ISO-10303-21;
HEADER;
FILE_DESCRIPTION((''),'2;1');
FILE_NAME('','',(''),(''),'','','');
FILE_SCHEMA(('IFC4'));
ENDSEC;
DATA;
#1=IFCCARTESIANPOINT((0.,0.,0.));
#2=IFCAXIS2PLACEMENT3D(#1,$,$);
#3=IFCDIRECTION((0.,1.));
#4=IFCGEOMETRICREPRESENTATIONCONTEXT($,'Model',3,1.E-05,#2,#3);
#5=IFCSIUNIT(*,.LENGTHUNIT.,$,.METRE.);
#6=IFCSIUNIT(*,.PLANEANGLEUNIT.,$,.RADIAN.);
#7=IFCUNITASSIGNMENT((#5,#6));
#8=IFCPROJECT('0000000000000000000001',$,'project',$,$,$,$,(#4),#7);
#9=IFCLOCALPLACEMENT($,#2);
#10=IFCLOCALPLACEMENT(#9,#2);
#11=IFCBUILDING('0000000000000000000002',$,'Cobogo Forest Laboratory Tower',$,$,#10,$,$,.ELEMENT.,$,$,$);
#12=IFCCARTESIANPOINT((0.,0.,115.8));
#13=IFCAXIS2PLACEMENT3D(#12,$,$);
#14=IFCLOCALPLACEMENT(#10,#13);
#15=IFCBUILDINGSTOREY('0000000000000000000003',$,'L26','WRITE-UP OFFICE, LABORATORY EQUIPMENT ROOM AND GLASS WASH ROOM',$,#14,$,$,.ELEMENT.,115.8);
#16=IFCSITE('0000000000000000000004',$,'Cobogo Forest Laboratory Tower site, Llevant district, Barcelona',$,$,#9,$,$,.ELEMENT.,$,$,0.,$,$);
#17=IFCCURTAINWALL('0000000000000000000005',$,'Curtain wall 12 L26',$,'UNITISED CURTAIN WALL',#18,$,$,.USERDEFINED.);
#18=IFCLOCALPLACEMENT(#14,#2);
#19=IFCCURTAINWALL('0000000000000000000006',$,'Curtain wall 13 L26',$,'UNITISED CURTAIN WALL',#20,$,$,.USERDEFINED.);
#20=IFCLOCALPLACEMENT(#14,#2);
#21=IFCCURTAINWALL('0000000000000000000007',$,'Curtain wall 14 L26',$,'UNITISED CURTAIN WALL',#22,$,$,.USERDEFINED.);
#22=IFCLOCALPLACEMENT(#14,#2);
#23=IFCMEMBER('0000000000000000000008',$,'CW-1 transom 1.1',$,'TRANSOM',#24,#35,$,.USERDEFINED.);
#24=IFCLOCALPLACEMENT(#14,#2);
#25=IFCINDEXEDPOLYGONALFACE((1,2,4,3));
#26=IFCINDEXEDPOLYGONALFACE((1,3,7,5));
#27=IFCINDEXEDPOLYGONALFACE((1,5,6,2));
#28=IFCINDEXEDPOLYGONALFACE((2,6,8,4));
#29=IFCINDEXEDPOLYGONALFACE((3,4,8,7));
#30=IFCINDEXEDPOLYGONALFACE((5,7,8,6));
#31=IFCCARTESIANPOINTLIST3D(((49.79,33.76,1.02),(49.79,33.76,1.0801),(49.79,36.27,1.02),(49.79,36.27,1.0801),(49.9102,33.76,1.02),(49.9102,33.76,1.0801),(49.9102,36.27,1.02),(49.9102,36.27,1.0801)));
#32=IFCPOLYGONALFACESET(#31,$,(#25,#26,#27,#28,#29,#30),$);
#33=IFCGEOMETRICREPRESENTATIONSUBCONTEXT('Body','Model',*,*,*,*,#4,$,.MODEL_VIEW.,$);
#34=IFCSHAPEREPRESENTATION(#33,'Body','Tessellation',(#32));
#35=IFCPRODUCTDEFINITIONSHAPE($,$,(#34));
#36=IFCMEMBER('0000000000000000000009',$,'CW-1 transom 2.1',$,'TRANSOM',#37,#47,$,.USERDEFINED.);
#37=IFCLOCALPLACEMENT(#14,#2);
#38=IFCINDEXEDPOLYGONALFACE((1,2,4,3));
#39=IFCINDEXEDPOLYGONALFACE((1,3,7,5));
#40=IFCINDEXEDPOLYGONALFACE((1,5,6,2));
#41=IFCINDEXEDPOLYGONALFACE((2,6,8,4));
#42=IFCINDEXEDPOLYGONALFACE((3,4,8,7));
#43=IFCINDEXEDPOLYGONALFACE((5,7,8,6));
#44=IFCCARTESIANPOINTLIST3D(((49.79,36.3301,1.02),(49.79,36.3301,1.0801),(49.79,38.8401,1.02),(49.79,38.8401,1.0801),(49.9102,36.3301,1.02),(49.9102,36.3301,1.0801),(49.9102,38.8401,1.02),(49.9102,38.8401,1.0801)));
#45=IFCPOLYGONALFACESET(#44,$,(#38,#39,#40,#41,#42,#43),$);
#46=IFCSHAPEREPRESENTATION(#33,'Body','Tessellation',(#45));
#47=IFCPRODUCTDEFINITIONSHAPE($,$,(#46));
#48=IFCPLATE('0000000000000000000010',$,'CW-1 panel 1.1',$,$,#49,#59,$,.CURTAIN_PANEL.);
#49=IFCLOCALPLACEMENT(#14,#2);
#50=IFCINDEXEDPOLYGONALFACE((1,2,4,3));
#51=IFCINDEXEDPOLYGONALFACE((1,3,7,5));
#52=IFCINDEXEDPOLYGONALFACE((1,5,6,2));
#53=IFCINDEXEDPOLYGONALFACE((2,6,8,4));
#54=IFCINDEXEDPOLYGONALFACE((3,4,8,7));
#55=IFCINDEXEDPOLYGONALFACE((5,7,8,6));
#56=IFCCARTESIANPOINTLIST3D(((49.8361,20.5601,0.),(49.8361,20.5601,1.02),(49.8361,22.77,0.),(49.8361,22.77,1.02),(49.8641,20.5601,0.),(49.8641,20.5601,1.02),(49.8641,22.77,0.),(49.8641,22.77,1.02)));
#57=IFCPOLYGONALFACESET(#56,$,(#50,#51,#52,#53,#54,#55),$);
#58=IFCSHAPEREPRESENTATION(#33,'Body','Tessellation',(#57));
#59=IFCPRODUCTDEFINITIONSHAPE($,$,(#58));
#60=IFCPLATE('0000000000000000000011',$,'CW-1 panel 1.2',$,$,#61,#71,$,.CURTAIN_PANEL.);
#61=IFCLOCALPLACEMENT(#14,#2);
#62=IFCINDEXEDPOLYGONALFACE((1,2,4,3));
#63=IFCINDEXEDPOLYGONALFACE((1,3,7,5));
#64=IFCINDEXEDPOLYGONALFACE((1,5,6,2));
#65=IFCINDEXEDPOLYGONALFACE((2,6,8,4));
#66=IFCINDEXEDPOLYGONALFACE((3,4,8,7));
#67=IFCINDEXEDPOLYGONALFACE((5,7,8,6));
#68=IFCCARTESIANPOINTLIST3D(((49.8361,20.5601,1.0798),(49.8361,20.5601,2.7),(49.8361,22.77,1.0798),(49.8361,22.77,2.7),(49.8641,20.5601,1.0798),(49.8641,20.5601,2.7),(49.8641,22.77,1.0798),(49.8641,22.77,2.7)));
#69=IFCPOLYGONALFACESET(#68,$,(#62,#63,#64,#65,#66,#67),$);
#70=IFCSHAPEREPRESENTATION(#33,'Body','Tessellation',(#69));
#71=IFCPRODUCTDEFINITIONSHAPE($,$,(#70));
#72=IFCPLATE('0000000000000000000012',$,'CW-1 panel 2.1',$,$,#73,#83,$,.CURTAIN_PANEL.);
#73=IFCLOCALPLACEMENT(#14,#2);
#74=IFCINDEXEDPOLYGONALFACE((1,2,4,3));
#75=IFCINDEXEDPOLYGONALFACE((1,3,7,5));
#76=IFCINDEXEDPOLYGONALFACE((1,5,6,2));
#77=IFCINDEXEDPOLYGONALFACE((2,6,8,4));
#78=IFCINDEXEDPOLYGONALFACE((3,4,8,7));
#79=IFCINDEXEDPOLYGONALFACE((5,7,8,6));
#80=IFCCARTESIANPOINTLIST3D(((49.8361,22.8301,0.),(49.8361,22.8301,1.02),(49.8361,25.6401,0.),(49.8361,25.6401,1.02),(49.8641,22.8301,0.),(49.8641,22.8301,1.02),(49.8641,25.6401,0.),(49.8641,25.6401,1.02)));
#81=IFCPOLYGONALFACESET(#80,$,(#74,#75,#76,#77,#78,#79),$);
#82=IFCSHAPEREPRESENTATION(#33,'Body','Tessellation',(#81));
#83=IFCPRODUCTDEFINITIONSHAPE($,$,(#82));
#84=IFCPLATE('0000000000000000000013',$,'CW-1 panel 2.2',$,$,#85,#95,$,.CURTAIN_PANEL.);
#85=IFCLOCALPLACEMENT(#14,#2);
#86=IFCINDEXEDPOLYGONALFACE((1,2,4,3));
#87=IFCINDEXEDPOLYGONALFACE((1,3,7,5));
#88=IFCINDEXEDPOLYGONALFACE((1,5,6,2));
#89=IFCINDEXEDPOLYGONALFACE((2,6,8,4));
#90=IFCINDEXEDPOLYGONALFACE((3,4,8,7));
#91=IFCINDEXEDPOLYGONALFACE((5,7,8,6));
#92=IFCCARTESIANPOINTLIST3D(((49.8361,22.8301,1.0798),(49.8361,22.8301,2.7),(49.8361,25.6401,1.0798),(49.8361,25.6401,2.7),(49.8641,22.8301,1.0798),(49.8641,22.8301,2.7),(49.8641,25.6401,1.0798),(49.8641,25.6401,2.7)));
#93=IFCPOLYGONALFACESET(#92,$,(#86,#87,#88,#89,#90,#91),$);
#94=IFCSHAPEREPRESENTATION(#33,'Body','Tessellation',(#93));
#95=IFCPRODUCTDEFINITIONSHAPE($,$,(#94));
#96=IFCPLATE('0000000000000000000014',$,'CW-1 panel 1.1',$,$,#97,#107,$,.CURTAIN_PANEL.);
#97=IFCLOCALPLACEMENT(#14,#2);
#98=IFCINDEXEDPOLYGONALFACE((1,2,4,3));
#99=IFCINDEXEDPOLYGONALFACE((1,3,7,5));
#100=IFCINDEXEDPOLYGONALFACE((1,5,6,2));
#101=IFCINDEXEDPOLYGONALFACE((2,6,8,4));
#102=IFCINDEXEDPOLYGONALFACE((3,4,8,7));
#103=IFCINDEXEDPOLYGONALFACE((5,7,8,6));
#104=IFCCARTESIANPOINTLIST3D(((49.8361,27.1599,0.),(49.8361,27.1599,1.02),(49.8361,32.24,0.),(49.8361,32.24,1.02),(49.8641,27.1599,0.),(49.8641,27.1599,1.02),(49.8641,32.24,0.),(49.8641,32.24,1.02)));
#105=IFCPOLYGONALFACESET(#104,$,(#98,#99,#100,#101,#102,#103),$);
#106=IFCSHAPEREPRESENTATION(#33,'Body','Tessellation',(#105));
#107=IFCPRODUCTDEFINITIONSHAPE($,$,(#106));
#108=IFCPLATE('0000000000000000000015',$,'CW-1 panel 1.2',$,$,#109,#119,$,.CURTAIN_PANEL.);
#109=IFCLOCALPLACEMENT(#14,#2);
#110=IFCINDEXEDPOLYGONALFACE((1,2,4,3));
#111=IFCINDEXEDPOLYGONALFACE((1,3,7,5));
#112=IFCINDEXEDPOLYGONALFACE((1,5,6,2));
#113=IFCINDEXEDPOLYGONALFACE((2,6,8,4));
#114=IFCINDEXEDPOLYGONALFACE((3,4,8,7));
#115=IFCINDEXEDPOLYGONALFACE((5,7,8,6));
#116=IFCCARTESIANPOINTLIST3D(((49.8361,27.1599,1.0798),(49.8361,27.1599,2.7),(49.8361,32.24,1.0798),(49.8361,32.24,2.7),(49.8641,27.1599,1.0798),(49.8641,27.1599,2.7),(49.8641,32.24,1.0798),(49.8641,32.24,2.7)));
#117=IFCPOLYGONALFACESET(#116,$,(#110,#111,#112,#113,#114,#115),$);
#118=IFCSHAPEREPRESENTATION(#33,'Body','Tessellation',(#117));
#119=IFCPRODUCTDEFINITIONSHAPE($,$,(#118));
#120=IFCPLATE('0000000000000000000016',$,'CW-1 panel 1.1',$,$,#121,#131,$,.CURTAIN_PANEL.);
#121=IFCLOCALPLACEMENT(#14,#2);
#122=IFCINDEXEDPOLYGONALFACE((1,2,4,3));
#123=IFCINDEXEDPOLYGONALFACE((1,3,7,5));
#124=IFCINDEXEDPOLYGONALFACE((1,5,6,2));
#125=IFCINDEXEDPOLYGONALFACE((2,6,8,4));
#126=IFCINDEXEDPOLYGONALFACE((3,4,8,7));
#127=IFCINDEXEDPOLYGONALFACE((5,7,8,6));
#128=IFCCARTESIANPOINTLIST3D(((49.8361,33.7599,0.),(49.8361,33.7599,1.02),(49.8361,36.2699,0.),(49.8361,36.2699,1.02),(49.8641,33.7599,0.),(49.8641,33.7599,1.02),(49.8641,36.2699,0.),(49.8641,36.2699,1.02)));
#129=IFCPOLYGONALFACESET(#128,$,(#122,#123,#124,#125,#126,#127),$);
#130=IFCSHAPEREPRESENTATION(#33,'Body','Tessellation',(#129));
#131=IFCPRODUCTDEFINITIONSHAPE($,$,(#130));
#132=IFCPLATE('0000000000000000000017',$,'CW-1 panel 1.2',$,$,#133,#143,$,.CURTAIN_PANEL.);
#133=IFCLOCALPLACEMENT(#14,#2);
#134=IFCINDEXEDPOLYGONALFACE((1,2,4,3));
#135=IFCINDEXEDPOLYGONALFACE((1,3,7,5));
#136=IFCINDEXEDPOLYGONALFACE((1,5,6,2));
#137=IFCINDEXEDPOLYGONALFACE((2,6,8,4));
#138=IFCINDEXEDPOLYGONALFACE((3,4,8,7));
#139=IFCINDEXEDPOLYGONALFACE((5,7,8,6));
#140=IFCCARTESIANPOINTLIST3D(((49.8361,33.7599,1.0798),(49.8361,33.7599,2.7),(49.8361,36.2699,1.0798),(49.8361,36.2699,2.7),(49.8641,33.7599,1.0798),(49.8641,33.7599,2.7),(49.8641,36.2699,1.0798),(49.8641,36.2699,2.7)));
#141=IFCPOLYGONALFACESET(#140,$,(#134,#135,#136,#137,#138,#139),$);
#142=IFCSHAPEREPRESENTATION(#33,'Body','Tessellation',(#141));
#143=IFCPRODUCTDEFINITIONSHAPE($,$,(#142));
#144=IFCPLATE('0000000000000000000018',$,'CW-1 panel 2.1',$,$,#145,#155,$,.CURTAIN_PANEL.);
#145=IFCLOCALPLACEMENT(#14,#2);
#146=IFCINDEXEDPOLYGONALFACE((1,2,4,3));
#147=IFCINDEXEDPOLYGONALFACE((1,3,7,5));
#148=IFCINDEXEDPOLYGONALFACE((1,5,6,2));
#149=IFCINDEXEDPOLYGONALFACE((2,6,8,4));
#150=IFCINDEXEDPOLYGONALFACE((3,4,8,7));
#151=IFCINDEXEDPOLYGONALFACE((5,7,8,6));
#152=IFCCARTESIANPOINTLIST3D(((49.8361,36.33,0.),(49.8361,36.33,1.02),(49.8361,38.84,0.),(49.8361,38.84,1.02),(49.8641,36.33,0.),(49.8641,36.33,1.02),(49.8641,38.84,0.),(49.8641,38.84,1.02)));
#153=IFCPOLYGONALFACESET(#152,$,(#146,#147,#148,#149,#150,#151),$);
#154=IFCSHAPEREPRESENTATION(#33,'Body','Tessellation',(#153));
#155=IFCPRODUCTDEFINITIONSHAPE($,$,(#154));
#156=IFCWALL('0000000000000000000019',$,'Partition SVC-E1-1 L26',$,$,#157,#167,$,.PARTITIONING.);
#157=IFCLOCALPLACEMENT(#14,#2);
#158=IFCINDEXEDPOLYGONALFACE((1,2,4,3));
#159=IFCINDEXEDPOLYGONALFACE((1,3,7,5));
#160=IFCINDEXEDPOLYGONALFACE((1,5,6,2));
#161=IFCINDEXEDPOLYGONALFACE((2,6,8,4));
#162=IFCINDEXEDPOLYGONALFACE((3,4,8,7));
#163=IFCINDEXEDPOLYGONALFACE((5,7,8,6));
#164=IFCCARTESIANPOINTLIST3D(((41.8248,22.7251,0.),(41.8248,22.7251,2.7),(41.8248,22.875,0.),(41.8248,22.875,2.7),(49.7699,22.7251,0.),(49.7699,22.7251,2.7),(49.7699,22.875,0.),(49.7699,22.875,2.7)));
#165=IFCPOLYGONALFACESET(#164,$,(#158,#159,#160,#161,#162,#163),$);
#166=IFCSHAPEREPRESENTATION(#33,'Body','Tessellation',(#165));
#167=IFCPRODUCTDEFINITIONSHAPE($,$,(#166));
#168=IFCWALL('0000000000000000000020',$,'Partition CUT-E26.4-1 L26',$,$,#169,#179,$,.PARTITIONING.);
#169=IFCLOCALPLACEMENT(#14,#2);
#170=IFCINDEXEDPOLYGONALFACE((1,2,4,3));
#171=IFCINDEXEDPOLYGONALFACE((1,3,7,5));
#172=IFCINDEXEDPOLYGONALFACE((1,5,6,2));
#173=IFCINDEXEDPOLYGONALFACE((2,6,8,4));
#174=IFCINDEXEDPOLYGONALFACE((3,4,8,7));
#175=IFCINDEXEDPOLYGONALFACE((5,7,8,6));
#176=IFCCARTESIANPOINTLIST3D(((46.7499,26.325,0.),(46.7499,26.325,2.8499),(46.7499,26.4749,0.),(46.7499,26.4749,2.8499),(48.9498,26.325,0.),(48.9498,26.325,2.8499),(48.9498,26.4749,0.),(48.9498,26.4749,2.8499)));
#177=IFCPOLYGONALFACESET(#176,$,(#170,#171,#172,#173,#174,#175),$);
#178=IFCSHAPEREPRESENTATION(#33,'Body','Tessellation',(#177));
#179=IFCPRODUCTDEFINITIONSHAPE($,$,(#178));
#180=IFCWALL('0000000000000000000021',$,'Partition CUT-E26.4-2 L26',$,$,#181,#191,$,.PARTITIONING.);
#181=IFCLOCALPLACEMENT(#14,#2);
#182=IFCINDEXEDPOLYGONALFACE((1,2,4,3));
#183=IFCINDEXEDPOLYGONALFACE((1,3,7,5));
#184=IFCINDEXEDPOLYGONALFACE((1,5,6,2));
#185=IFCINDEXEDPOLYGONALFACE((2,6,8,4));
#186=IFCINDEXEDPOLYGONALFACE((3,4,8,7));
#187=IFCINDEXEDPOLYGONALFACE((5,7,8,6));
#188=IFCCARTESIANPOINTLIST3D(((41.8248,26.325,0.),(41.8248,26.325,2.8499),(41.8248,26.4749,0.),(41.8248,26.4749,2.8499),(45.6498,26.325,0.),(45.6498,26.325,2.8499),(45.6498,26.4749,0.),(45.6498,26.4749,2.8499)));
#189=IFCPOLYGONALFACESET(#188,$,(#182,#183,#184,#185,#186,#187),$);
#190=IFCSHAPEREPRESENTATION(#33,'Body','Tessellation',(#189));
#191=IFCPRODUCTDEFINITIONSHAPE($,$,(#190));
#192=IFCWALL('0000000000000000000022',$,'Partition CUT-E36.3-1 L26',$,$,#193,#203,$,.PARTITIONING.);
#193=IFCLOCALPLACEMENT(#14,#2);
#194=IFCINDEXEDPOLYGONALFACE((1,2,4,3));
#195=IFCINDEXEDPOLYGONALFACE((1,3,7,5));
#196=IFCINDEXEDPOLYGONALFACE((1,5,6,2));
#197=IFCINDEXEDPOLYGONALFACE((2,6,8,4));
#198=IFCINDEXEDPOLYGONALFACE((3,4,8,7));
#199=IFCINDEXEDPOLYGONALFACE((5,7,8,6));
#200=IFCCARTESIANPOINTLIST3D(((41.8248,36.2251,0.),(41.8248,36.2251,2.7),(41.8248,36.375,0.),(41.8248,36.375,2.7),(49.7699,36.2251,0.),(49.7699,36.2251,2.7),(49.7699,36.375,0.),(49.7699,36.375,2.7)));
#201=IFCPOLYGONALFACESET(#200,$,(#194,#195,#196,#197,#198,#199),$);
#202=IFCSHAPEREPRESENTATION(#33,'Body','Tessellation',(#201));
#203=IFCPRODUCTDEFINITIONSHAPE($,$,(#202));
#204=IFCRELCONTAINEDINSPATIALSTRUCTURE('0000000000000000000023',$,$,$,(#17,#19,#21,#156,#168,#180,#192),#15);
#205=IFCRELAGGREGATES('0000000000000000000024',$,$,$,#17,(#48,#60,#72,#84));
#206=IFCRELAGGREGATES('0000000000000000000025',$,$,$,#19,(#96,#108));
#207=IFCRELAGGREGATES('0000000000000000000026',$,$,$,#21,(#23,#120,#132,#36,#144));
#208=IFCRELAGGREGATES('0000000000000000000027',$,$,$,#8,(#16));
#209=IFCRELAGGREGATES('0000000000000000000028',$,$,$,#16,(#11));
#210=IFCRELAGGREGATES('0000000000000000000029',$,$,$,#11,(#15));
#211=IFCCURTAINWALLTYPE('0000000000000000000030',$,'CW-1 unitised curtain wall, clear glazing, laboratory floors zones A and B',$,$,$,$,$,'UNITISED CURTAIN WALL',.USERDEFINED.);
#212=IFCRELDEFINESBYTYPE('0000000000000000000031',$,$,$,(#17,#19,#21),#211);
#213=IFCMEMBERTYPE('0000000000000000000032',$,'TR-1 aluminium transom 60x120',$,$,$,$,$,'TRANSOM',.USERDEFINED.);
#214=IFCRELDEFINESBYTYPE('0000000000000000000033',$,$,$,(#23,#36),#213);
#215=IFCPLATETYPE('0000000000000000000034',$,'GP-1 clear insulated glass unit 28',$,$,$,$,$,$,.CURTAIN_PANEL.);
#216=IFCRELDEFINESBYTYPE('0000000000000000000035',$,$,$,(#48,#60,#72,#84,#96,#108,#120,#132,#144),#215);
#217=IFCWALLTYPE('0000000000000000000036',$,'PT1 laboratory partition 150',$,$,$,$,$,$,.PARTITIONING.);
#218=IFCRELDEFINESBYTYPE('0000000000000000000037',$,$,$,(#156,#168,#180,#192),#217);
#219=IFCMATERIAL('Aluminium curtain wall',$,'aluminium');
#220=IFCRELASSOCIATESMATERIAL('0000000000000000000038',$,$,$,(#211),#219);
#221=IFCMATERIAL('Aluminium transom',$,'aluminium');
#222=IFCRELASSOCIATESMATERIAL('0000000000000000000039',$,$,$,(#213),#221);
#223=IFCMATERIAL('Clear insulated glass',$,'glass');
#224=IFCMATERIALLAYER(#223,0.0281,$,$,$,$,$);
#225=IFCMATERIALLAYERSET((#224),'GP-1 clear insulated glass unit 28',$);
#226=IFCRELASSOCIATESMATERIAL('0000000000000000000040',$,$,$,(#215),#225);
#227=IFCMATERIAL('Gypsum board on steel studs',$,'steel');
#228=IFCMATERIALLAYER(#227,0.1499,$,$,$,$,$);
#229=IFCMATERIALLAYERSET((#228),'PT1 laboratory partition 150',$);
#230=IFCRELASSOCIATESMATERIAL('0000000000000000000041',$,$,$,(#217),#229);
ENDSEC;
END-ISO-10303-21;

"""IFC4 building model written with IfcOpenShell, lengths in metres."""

from ifc_helpers import new_model, si_unit, direction, frame, frame_2d, origin, origin_2d, place, context, subcontext, project, spatial, rectangle, extrude, material, layer, layer_set, material_profile, profile_set, type_object, element, aggregate, save


model = new_model("IFC4")

# Units and contexts
model_context = context("Model", 3, precision=1e-05, world=origin(), true_north=direction((0.0, 1.0)))
body_context = subcontext(model_context, "Body", "Model", "MODEL_VIEW")
ifc_project = project(units=[si_unit("LENGTHUNIT", "METRE"), si_unit("PLANEANGLEUNIT", "RADIAN")], contexts=[model_context])

# Site, building, storey
site_placement = place(None, origin())
site = spatial("IfcSite", under=ifc_project, at=site_placement, Name="Cobogo Forest Laboratory Tower site, Llevant district, Barcelona", CompositionType="ELEMENT", RefElevation=0.0)
building_placement = place(site_placement, origin())
building = spatial("IfcBuilding", under=site, at=building_placement, Name="Cobogo Forest Laboratory Tower", CompositionType="ELEMENT")
storey_placement = place(building_placement, frame((0.0, 0.0, 115.8)))
storey = spatial("IfcBuildingStorey", under=building, at=storey_placement, Name="L26", Description="WRITE-UP OFFICE, LABORATORY EQUIPMENT ROOM AND GLASS WASH ROOM", CompositionType="ELEMENT", Elevation=115.8)

# Curtain walls
ifc_material_1 = material(Name="Aluminium curtain wall", Category="aluminium")
curtain_wall_type = type_object("IfcCurtainWallType", Name="CW-1 unitised curtain wall, clear glazing, laboratory floors zones A and B", ElementType="UNITISED CURTAIN WALL", PredefinedType="USERDEFINED", material=ifc_material_1)
curtain_wall_1_placement = place(storey_placement, origin())
curtain_wall_1 = element("IfcCurtainWall", 1, at=curtain_wall_1_placement, inside=storey, type_object=curtain_wall_type, Name="Curtain wall 12 L26", ObjectType="UNITISED CURTAIN WALL", PredefinedType="USERDEFINED")
curtain_wall_2_placement = place(storey_placement, origin())
curtain_wall_2 = element("IfcCurtainWall", 2, at=curtain_wall_2_placement, inside=storey, type_object=curtain_wall_type, Name="Curtain wall 13 L26", ObjectType="UNITISED CURTAIN WALL", PredefinedType="USERDEFINED")
curtain_wall_3_placement = place(storey_placement, origin())
curtain_wall_3 = element("IfcCurtainWall", 3, at=curtain_wall_3_placement, inside=storey, type_object=curtain_wall_type, Name="Curtain wall 14 L26", ObjectType="UNITISED CURTAIN WALL", PredefinedType="USERDEFINED")

# Members
ifc_material_2 = material(Name="Aluminium transom", Category="aluminium")
ifc_material_profile_1 = material_profile(ifc_material_2, rectangle(XDim=0.1201, YDim=0.0601, at=origin_2d()), Name="AL 60x120")
ifc_profile_set_1 = profile_set([ifc_material_profile_1], Name="Aluminium transom")
member_type_1 = type_object("IfcMemberType", Name="TR-1 aluminium transom 60x120", ElementType="TRANSOM", PredefinedType="USERDEFINED", material=ifc_profile_set_1)
member_1_placement = place(storey_placement, frame((49.8501, 33.76, 1.05), z_axis=(0.0, 1.0, 0.0), x_axis=(-1.0, 0.0, 0.0)))
member_1 = element("IfcMember", 4, at=member_1_placement, type_object=member_type_1, Name="CW-1 transom 1.1", ObjectType="TRANSOM", PredefinedType="USERDEFINED", context=body_context, shape_type="SweptSolid", body=[
    extrude(rectangle(XDim=0.1201, YDim=0.0601, at=origin_2d()), origin(), (0.0, 0.0, 1.0), 2.51),
])
member_2_placement = place(storey_placement, frame((49.8501, 36.3301, 1.05), z_axis=(0.0, 1.0, 0.0), x_axis=(-1.0, 0.0, 0.0)))
member_2 = element("IfcMember", 5, at=member_2_placement, type_object=member_type_1, Name="CW-1 transom 2.1", ObjectType="TRANSOM", PredefinedType="USERDEFINED", context=body_context, shape_type="SweptSolid", body=[
    extrude(rectangle(XDim=0.1201, YDim=0.0601, at=origin_2d()), origin(), (0.0, 0.0, 1.0), 2.51),
])

# Plates
ifc_material_3 = material(Name="Clear insulated glass", Category="glass")
ifc_layer_1 = layer(ifc_material_3, 0.0281)
ifc_layer_set_1 = layer_set([ifc_layer_1], Name="GP-1 clear insulated glass unit 28")
plate_type_1 = type_object("IfcPlateType", Name="GP-1 clear insulated glass unit 28", PredefinedType="CURTAIN_PANEL", material=ifc_layer_set_1)
plate_1_placement = place(storey_placement, frame((49.8501, 21.665, 0.0), z_axis=(0.0, 0.0, 1.0), x_axis=(0.0, 1.0, 0.0)))
plate_1 = element("IfcPlate", 6, at=plate_1_placement, type_object=plate_type_1, Name="CW-1 panel 1.1", PredefinedType="CURTAIN_PANEL", context=body_context, shape_type="SweptSolid", body=[
    extrude(rectangle(XDim=2.21, YDim=0.0281, at=origin_2d()), origin(), (0.0, 0.0, 1.0), 1.02),
])
plate_2_placement = place(storey_placement, frame((49.8501, 21.665, 1.0798), z_axis=(0.0, 0.0, 1.0), x_axis=(0.0, 1.0, 0.0)))
plate_2 = element("IfcPlate", 7, at=plate_2_placement, type_object=plate_type_1, Name="CW-1 panel 1.2", PredefinedType="CURTAIN_PANEL", context=body_context, shape_type="SweptSolid", body=[
    extrude(rectangle(XDim=2.21, YDim=0.0281, at=origin_2d()), origin(), (0.0, 0.0, 1.0), 1.6201),
])
plate_3_placement = place(storey_placement, frame((49.8501, 24.2351, 0.0), z_axis=(0.0, 0.0, 1.0), x_axis=(0.0, 1.0, 0.0)))
plate_3 = element("IfcPlate", 8, at=plate_3_placement, type_object=plate_type_1, Name="CW-1 panel 2.1", PredefinedType="CURTAIN_PANEL", context=body_context, shape_type="SweptSolid", body=[
    extrude(rectangle(XDim=2.8101, YDim=0.0281, at=origin_2d()), origin(), (0.0, 0.0, 1.0), 1.02),
])
plate_4_placement = place(storey_placement, frame((49.8501, 24.2351, 1.0798), z_axis=(0.0, 0.0, 1.0), x_axis=(0.0, 1.0, 0.0)))
plate_4 = element("IfcPlate", 9, at=plate_4_placement, type_object=plate_type_1, Name="CW-1 panel 2.2", PredefinedType="CURTAIN_PANEL", context=body_context, shape_type="SweptSolid", body=[
    extrude(rectangle(XDim=2.8101, YDim=0.0281, at=origin_2d()), origin(), (0.0, 0.0, 1.0), 1.6201),
])
aggregate(curtain_wall_1, [plate_1, plate_2, plate_3, plate_4])
plate_5_placement = place(storey_placement, frame((49.8501, 29.7, 0.0), z_axis=(0.0, 0.0, 1.0), x_axis=(0.0, 1.0, 0.0)))
plate_5 = element("IfcPlate", 10, at=plate_5_placement, type_object=plate_type_1, Name="CW-1 panel 1.1", PredefinedType="CURTAIN_PANEL", context=body_context, shape_type="SweptSolid", body=[
    extrude(rectangle(XDim=5.0801, YDim=0.0281, at=origin_2d()), origin(), (0.0, 0.0, 1.0), 1.02),
])
plate_6_placement = place(storey_placement, frame((49.8501, 29.7, 1.0798), z_axis=(0.0, 0.0, 1.0), x_axis=(0.0, 1.0, 0.0)))
plate_6 = element("IfcPlate", 11, at=plate_6_placement, type_object=plate_type_1, Name="CW-1 panel 1.2", PredefinedType="CURTAIN_PANEL", context=body_context, shape_type="SweptSolid", body=[
    extrude(rectangle(XDim=5.0801, YDim=0.0281, at=origin_2d()), origin(), (0.0, 0.0, 1.0), 1.6201),
])
aggregate(curtain_wall_2, [plate_5, plate_6])
plate_7_placement = place(storey_placement, frame((49.8501, 35.0149, 0.0), z_axis=(0.0, 0.0, 1.0), x_axis=(0.0, 1.0, 0.0)))
plate_7 = element("IfcPlate", 12, at=plate_7_placement, type_object=plate_type_1, Name="CW-1 panel 1.1", PredefinedType="CURTAIN_PANEL", context=body_context, shape_type="SweptSolid", body=[
    extrude(rectangle(XDim=2.51, YDim=0.0281, at=origin_2d()), origin(), (0.0, 0.0, 1.0), 1.02),
])
plate_8_placement = place(storey_placement, frame((49.8501, 35.0149, 1.0798), z_axis=(0.0, 0.0, 1.0), x_axis=(0.0, 1.0, 0.0)))
plate_8 = element("IfcPlate", 13, at=plate_8_placement, type_object=plate_type_1, Name="CW-1 panel 1.2", PredefinedType="CURTAIN_PANEL", context=body_context, shape_type="SweptSolid", body=[
    extrude(rectangle(XDim=2.51, YDim=0.0281, at=origin_2d()), origin(), (0.0, 0.0, 1.0), 1.6201),
])
plate_9_placement = place(storey_placement, frame((49.8501, 37.585, 0.0), z_axis=(0.0, 0.0, 1.0), x_axis=(0.0, 1.0, 0.0)))
plate_9 = element("IfcPlate", 14, at=plate_9_placement, type_object=plate_type_1, Name="CW-1 panel 2.1", PredefinedType="CURTAIN_PANEL", context=body_context, shape_type="SweptSolid", body=[
    extrude(rectangle(XDim=2.51, YDim=0.0281, at=origin_2d()), origin(), (0.0, 0.0, 1.0), 1.02),
])
aggregate(curtain_wall_3, [member_1, plate_7, plate_8, member_2, plate_9])

# Walls
ifc_material_4 = material(Name="Gypsum board on steel studs", Category="steel")
ifc_layer_2 = layer(ifc_material_4, 0.1499)
ifc_layer_set_2 = layer_set([ifc_layer_2], Name="PT1 laboratory partition 150")
wall_type = type_object("IfcWallType", Name="PT1 laboratory partition 150", PredefinedType="PARTITIONING", material=ifc_layer_set_2)
wall_1_placement = place(storey_placement, frame((49.77, 22.8, 0.0), z_axis=(0.0, 0.0, 1.0), x_axis=(-1.0, 0.0, 0.0)))
element("IfcWall", 15, at=wall_1_placement, inside=storey, type_object=wall_type, Name="Partition SVC-E1-1 L26", PredefinedType="PARTITIONING", context=body_context, shape_type="SweptSolid", body=[
    extrude(rectangle(XDim=7.9451, YDim=0.1499, at=frame_2d((3.9727, 0.0))), origin(), (0.0, 0.0, 1.0), 2.7),
])
wall_2_placement = place(storey_placement, frame((48.95, 26.3999, 0.0), z_axis=(0.0, 0.0, 1.0), x_axis=(-1.0, 0.0, 0.0)))
element("IfcWall", 16, at=wall_2_placement, inside=storey, type_object=wall_type, Name="Partition CUT-E26.4-1 L26", PredefinedType="PARTITIONING", context=body_context, shape_type="SweptSolid", body=[
    extrude(rectangle(XDim=2.2, YDim=0.1499, at=frame_2d((1.1001, 0.0))), origin(), (0.0, 0.0, 1.0), 2.8499),
])
wall_3_placement = place(storey_placement, frame((45.6499, 26.3999, 0.0), z_axis=(0.0, 0.0, 1.0), x_axis=(-1.0, 0.0, 0.0)))
element("IfcWall", 17, at=wall_3_placement, inside=storey, type_object=wall_type, Name="Partition CUT-E26.4-2 L26", PredefinedType="PARTITIONING", context=body_context, shape_type="SweptSolid", body=[
    extrude(rectangle(XDim=3.825, YDim=0.1499, at=frame_2d((1.9126, 0.0))), origin(), (0.0, 0.0, 1.0), 2.8499),
])
wall_4_placement = place(storey_placement, frame((49.77, 36.3, 0.0), z_axis=(0.0, 0.0, 1.0), x_axis=(-1.0, 0.0, 0.0)))
element("IfcWall", 18, at=wall_4_placement, inside=storey, type_object=wall_type, Name="Partition CUT-E36.3-1 L26", PredefinedType="PARTITIONING", context=body_context, shape_type="SweptSolid", body=[
    extrude(rectangle(XDim=7.9451, YDim=0.1499, at=frame_2d((3.9727, 0.0))), origin(), (0.0, 0.0, 1.0), 2.7),
])

save(model, "model.ifc")
